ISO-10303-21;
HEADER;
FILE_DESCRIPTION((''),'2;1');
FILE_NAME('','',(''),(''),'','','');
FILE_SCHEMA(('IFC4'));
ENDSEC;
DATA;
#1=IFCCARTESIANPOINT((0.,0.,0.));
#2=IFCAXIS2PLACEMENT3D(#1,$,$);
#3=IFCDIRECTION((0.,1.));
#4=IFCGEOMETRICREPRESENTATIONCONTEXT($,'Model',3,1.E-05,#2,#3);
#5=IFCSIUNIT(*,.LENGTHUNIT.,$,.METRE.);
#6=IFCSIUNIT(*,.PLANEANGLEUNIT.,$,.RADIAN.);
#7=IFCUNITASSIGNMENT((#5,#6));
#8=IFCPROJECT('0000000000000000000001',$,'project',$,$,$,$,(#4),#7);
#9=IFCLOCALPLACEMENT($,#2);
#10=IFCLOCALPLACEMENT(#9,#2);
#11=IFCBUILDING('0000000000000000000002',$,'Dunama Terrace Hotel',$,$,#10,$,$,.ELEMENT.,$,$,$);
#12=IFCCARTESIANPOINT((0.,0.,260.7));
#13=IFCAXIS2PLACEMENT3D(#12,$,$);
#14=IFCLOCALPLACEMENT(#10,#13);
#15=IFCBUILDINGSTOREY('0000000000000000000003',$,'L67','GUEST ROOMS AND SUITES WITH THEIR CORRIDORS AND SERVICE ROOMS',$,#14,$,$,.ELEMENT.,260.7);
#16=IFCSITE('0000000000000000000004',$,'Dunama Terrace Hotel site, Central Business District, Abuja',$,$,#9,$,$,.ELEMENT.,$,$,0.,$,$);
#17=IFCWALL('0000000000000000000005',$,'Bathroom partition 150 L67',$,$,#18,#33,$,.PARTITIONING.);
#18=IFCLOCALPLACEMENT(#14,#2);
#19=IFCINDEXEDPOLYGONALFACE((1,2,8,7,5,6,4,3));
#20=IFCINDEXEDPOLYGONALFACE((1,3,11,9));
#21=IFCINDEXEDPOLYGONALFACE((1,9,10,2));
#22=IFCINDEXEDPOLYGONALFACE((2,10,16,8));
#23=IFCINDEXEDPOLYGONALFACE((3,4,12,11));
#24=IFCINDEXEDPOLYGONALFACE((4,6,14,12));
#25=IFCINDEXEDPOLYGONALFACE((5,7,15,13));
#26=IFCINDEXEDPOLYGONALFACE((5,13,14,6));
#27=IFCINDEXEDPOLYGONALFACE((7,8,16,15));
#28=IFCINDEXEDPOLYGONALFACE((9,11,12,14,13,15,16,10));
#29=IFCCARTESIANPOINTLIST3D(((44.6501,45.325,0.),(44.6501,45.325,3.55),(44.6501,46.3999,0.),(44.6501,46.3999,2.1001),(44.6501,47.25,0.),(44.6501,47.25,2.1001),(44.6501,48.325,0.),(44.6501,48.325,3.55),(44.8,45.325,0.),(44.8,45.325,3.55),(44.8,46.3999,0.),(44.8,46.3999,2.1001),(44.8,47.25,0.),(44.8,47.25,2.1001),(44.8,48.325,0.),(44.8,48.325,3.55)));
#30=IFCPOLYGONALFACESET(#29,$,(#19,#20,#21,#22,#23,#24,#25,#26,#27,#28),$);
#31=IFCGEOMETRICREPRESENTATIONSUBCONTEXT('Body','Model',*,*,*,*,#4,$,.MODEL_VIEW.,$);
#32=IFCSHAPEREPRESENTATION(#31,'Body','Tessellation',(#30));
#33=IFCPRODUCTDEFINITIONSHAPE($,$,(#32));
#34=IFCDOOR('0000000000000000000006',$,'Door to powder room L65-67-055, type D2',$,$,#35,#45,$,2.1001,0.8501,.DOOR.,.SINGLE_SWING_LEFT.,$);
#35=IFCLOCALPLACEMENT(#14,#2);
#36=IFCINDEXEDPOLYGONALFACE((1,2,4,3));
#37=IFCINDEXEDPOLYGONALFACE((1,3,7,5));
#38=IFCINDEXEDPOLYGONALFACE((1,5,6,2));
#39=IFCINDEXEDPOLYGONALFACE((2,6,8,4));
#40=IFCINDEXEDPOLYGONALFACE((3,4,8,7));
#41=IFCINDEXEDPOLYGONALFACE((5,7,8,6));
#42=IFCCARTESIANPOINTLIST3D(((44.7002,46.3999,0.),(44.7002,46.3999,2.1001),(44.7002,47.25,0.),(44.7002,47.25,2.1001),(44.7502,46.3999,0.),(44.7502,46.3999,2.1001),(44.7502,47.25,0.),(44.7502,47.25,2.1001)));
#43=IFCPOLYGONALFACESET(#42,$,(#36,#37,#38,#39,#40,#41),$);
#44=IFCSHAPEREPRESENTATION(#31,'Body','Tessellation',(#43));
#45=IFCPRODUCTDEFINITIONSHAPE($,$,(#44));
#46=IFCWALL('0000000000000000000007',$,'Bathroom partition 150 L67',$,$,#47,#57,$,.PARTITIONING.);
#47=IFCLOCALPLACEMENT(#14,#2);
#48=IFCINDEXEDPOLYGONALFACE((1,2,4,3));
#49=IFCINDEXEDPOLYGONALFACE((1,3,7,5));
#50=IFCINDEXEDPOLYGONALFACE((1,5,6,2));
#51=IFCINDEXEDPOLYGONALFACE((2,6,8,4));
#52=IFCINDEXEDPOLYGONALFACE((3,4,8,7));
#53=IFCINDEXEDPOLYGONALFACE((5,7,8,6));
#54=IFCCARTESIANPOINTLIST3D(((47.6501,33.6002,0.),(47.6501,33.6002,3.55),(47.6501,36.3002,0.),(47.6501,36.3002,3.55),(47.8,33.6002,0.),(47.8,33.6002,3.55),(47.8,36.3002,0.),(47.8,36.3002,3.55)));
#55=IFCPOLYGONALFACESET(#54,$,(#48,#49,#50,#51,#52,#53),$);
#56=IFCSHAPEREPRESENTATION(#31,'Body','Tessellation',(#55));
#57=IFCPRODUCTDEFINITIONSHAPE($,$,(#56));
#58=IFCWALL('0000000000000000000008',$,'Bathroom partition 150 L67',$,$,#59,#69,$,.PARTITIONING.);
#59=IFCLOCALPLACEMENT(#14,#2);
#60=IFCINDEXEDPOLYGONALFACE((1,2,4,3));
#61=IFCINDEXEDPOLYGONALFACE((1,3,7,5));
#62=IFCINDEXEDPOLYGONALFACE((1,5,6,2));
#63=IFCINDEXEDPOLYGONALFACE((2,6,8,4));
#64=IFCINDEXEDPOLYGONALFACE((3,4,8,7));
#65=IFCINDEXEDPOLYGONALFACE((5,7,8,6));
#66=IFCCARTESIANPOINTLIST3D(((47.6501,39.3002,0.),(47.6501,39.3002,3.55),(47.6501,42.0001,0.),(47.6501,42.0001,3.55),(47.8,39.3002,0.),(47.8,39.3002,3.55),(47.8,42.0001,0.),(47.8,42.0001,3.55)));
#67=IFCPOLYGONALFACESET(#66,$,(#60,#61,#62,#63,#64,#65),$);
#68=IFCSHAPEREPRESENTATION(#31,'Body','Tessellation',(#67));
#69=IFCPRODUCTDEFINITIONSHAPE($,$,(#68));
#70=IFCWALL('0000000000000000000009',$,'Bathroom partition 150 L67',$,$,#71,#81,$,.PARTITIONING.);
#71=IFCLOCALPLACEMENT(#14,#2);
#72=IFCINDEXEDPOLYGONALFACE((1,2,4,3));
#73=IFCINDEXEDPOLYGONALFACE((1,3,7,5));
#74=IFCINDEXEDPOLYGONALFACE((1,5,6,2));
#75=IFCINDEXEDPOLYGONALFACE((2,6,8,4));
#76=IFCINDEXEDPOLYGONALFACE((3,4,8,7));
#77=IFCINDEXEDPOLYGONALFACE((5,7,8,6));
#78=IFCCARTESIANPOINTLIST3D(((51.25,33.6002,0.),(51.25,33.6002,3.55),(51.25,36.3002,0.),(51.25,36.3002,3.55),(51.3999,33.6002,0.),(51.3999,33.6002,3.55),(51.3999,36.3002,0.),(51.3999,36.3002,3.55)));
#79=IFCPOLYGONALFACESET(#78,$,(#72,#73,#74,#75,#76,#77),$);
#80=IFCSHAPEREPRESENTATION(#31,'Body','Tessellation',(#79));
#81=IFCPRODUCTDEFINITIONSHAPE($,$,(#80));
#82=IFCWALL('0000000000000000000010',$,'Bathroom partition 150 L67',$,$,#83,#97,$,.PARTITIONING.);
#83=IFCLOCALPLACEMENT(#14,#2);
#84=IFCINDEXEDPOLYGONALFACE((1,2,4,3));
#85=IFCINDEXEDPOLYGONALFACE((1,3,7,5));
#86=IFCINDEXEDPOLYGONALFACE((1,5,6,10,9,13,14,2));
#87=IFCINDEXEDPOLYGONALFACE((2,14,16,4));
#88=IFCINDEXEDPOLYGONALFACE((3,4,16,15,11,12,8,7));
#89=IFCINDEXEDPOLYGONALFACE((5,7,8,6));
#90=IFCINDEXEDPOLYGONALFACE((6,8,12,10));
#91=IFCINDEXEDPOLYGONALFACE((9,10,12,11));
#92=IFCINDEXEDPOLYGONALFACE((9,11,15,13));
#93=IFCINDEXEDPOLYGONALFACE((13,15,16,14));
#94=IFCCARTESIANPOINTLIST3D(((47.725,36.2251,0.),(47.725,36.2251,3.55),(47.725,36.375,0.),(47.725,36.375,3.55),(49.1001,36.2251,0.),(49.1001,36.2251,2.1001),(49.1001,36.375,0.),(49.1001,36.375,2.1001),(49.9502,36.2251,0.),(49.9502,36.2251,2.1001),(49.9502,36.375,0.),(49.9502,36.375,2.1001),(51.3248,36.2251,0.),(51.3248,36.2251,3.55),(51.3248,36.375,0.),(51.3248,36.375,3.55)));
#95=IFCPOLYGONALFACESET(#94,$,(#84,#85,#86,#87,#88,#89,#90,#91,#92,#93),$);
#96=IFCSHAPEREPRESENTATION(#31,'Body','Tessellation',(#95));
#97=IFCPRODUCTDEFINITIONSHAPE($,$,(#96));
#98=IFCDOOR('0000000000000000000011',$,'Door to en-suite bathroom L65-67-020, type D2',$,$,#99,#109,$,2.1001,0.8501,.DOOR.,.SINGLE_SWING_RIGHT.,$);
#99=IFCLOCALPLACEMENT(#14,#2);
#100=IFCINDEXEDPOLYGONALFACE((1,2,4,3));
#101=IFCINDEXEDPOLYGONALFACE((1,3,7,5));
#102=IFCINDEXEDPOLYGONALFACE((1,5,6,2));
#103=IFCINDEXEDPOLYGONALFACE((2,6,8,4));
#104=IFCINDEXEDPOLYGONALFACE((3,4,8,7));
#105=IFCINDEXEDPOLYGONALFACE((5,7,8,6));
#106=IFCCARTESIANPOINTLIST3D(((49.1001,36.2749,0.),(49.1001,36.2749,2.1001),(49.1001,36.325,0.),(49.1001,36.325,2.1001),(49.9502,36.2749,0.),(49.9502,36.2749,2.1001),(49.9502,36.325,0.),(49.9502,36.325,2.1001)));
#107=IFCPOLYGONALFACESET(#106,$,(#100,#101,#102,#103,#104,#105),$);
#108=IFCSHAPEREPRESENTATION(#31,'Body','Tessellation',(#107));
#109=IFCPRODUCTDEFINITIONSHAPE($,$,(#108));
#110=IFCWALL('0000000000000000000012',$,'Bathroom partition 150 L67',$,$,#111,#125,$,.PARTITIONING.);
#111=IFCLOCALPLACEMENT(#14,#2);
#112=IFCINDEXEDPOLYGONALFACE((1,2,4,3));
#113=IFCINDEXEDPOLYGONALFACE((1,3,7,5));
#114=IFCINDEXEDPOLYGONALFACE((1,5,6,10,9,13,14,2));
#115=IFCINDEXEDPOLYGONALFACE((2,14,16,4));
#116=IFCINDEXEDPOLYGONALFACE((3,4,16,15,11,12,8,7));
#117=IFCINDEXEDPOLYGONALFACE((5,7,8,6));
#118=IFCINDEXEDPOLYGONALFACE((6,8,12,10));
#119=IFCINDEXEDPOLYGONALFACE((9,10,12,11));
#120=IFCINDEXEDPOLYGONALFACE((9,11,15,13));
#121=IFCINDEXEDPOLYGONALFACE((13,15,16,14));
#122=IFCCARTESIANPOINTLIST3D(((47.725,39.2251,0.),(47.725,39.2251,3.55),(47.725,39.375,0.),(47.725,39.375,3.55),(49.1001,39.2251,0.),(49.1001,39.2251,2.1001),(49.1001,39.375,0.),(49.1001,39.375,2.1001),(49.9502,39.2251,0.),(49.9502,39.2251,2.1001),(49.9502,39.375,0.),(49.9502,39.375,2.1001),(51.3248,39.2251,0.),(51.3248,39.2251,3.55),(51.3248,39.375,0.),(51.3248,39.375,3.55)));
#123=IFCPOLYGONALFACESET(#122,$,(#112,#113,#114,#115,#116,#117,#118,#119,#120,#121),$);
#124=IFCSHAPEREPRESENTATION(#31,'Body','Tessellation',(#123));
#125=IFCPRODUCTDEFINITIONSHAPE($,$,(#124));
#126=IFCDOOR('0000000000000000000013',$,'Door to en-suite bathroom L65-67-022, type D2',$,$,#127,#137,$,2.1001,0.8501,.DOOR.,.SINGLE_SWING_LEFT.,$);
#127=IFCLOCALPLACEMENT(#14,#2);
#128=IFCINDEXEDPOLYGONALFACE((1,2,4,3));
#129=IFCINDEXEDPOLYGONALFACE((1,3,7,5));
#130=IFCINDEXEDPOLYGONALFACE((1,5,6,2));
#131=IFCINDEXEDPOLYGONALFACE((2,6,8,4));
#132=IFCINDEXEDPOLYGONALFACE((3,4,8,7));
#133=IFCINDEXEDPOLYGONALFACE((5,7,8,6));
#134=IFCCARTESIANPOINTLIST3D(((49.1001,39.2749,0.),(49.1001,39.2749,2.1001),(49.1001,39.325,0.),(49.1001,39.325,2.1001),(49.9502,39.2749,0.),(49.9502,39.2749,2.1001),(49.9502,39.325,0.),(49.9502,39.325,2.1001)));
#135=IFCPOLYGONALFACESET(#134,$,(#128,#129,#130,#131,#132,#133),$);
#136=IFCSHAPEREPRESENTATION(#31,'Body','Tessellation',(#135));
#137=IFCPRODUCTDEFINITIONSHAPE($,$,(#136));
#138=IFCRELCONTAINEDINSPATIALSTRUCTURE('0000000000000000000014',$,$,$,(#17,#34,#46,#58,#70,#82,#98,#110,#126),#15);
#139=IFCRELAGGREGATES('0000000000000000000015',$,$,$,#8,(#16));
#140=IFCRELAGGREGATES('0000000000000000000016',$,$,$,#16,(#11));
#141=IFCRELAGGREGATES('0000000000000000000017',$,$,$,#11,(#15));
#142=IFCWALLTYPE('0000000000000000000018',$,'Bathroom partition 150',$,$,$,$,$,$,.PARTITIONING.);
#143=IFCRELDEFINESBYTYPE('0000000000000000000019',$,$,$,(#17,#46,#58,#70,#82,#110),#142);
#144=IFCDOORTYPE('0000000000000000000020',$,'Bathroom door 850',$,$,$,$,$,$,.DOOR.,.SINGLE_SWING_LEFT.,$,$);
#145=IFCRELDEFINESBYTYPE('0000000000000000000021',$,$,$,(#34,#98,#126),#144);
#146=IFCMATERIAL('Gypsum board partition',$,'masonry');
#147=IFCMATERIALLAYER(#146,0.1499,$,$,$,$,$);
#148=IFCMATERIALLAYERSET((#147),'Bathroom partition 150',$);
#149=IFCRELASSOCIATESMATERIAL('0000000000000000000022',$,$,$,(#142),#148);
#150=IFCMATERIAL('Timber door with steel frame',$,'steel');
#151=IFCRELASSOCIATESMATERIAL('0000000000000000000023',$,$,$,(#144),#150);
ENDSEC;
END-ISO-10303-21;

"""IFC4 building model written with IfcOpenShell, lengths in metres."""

from ifc_helpers import new_model, si_unit, direction, frame, frame_2d, origin, place, context, subcontext, project, spatial, rectangle, extrude, material, layer, layer_set, type_object, element, fill, save


model = new_model("IFC4")

# Units and contexts
model_context = context("Model", 3, precision=1e-05, world=origin(), true_north=direction((0.0, 1.0)))
body_context = subcontext(model_context, "Body", "Model", "MODEL_VIEW")
ifc_project = project(units=[si_unit("LENGTHUNIT", "METRE"), si_unit("PLANEANGLEUNIT", "RADIAN")], contexts=[model_context])

# Site, building, storey
site_placement = place(None, origin())
site = spatial("IfcSite", under=ifc_project, at=site_placement, Name="Dunama Terrace Hotel site, Central Business District, Abuja", CompositionType="ELEMENT", RefElevation=0.0)
building_placement = place(site_placement, origin())
building = spatial("IfcBuilding", under=site, at=building_placement, Name="Dunama Terrace Hotel", CompositionType="ELEMENT")
storey_placement = place(building_placement, frame((0.0, 0.0, 260.7)))
storey = spatial("IfcBuildingStorey", under=building, at=storey_placement, Name="L67", Description="GUEST ROOMS AND SUITES WITH THEIR CORRIDORS AND SERVICE ROOMS", CompositionType="ELEMENT", Elevation=260.7)

# Wall, opening, door
ifc_material_1 = material(Name="Gypsum board partition", Category="masonry")
ifc_layer_1 = layer(ifc_material_1, 0.1499)
ifc_layer_set_1 = layer_set([ifc_layer_1], Name="Bathroom partition 150")
wall_type_1 = type_object("IfcWallType", Name="Bathroom partition 150", PredefinedType="PARTITIONING", material=ifc_layer_set_1)
wall_1_placement = place(storey_placement, frame((44.7251, 45.325, 0.0), z_axis=(0.0, 0.0, 1.0), x_axis=(0.0, 1.0, 0.0)))
wall_1 = element("IfcWall", 1, at=wall_1_placement, inside=storey, type_object=wall_type_1, Name="Bathroom partition 150 L67", PredefinedType="PARTITIONING", context=body_context, shape_type="SweptSolid", body=[
    extrude(rectangle(XDim=3.0, YDim=0.1499, at=frame_2d((1.5, 0.0))), origin(), (0.0, 0.0, 1.0), 3.55),
])
opening_1_placement = place(wall_1_placement, frame((1.075, 0.0, 0.0)))
opening_1 = element("IfcOpeningElement", 2, at=opening_1_placement, cuts=wall_1, PredefinedType="OPENING", context=body_context, shape_type="SweptSolid", body=[
    extrude(rectangle(XDim=0.8501, YDim=2.1001, at=frame_2d((0.425, 1.05))), frame((0.0, 0.085, 0.0), z_axis=(0.0, -1.0, 0.0), x_axis=(1.0, 0.0, 0.0)), (0.0, 0.0, 1.0), 0.1699),
])
ifc_material_2 = material(Name="Timber door with steel frame", Category="steel")
door_type_1 = type_object("IfcDoorType", Name="Bathroom door 850", OperationType="SINGLE_SWING_LEFT", PredefinedType="DOOR", material=ifc_material_2)
door_1_placement = place(opening_1_placement, origin())
door_1 = element("IfcDoor", 3, at=door_1_placement, inside=storey, type_object=door_type_1, Name="Door to powder room L65-67-055, type D2", OperationType="SINGLE_SWING_LEFT", OverallHeight=2.1001, OverallWidth=0.8501, PredefinedType="DOOR", context=body_context, shape_type="SweptSolid", body=[
    extrude(rectangle(XDim=0.8501, YDim=2.1001, at=frame_2d((0.425, 1.05))), frame((0.0, 0.0249, 0.0), z_axis=(0.0, -1.0, 0.0), x_axis=(1.0, 0.0, 0.0)), (0.0, 0.0, 1.0), 0.05),
])
fill(opening_1, door_1)

# Walls
for number, where, z_axis, x_axis, name in (
    (4, (47.7251, 33.6001, 0.0), (0.0, 0.0, 1.0), (0.0, 1.0, 0.0), "Bathroom partition 150 L67"),
    (5, (47.7251, 39.3, 0.0), (0.0, 0.0, 1.0), (0.0, 1.0, 0.0), "Bathroom partition 150 L67"),
    (6, (51.325, 33.6001, 0.0), (0.0, 0.0, 1.0), (0.0, 1.0, 0.0), "Bathroom partition 150 L67"),
):
    element("IfcWall", number, at=place(storey_placement, frame(where, z_axis=z_axis, x_axis=x_axis)), inside=storey, type_object=wall_type_1, Name=name, PredefinedType="PARTITIONING", context=body_context, shape_type="SweptSolid", body=[
        extrude(rectangle(XDim=2.7, YDim=0.1499, at=frame_2d((1.3501, 0.0))), origin(), (0.0, 0.0, 1.0), 3.55),
    ])

# Walls, openings, doors
wall_2_placement = place(storey_placement, frame((47.7251, 36.3, 0.0), z_axis=(0.0, 0.0, 1.0), x_axis=(1.0, 0.0, 0.0)))
wall_2 = element("IfcWall", 7, at=wall_2_placement, inside=storey, type_object=wall_type_1, Name="Bathroom partition 150 L67", PredefinedType="PARTITIONING", context=body_context, shape_type="SweptSolid", body=[
    extrude(rectangle(XDim=3.5999, YDim=0.1499, at=frame_2d((1.7998, 0.0))), origin(), (0.0, 0.0, 1.0), 3.55),
])
opening_2_placement = place(wall_2_placement, frame((1.375, 0.0, 0.0)))
opening_2 = element("IfcOpeningElement", 8, at=opening_2_placement, cuts=wall_2, PredefinedType="OPENING", context=body_context, shape_type="SweptSolid", body=[
    extrude(rectangle(XDim=0.8501, YDim=2.1001, at=frame_2d((0.425, 1.05))), frame((0.0, 0.085, 0.0), z_axis=(0.0, -1.0, 0.0), x_axis=(1.0, 0.0, 0.0)), (0.0, 0.0, 1.0), 0.1699),
])
door_2_placement = place(opening_2_placement, frame((0.8501, 0.0, 0.0), z_axis=(0.0, 0.0, 1.0), x_axis=(-1.0, 0.0, 0.0)))
door_2 = element("IfcDoor", 9, at=door_2_placement, inside=storey, type_object=door_type_1, Name="Door to en-suite bathroom L65-67-020, type D2", OperationType="SINGLE_SWING_RIGHT", OverallHeight=2.1001, OverallWidth=0.8501, PredefinedType="DOOR", context=body_context, shape_type="SweptSolid", body=[
    extrude(rectangle(XDim=0.8501, YDim=2.1001, at=frame_2d((0.425, 1.05))), frame((0.0, 0.0251, 0.0), z_axis=(0.0, -1.0, 0.0), x_axis=(1.0, 0.0, 0.0)), (0.0, 0.0, 1.0), 0.05),
])
fill(opening_2, door_2)
wall_3_placement = place(storey_placement, frame((47.7251, 39.3, 0.0), z_axis=(0.0, 0.0, 1.0), x_axis=(1.0, 0.0, 0.0)))
wall_3 = element("IfcWall", 10, at=wall_3_placement, inside=storey, type_object=wall_type_1, Name="Bathroom partition 150 L67", PredefinedType="PARTITIONING", context=body_context, shape_type="SweptSolid", body=[
    extrude(rectangle(XDim=3.5999, YDim=0.1499, at=frame_2d((1.7998, 0.0))), origin(), (0.0, 0.0, 1.0), 3.55),
])
opening_3_placement = place(wall_3_placement, frame((1.375, 0.0, 0.0)))
opening_3 = element("IfcOpeningElement", 11, at=opening_3_placement, cuts=wall_3, PredefinedType="OPENING", context=body_context, shape_type="SweptSolid", body=[
    extrude(rectangle(XDim=0.8501, YDim=2.1001, at=frame_2d((0.425, 1.05))), frame((0.0, 0.085, 0.0), z_axis=(0.0, -1.0, 0.0), x_axis=(1.0, 0.0, 0.0)), (0.0, 0.0, 1.0), 0.1699),
])
door_3_placement = place(opening_3_placement, origin())
door_3 = element("IfcDoor", 12, at=door_3_placement, inside=storey, type_object=door_type_1, Name="Door to en-suite bathroom L65-67-022, type D2", OperationType="SINGLE_SWING_LEFT", OverallHeight=2.1001, OverallWidth=0.8501, PredefinedType="DOOR", context=body_context, shape_type="SweptSolid", body=[
    extrude(rectangle(XDim=0.8501, YDim=2.1001, at=frame_2d((0.425, 1.05))), frame((0.0, 0.0249, 0.0), z_axis=(0.0, -1.0, 0.0), x_axis=(1.0, 0.0, 0.0)), (0.0, 0.0, 1.0), 0.05),
])
fill(opening_3, door_3)

save(model, "model.ifc")
